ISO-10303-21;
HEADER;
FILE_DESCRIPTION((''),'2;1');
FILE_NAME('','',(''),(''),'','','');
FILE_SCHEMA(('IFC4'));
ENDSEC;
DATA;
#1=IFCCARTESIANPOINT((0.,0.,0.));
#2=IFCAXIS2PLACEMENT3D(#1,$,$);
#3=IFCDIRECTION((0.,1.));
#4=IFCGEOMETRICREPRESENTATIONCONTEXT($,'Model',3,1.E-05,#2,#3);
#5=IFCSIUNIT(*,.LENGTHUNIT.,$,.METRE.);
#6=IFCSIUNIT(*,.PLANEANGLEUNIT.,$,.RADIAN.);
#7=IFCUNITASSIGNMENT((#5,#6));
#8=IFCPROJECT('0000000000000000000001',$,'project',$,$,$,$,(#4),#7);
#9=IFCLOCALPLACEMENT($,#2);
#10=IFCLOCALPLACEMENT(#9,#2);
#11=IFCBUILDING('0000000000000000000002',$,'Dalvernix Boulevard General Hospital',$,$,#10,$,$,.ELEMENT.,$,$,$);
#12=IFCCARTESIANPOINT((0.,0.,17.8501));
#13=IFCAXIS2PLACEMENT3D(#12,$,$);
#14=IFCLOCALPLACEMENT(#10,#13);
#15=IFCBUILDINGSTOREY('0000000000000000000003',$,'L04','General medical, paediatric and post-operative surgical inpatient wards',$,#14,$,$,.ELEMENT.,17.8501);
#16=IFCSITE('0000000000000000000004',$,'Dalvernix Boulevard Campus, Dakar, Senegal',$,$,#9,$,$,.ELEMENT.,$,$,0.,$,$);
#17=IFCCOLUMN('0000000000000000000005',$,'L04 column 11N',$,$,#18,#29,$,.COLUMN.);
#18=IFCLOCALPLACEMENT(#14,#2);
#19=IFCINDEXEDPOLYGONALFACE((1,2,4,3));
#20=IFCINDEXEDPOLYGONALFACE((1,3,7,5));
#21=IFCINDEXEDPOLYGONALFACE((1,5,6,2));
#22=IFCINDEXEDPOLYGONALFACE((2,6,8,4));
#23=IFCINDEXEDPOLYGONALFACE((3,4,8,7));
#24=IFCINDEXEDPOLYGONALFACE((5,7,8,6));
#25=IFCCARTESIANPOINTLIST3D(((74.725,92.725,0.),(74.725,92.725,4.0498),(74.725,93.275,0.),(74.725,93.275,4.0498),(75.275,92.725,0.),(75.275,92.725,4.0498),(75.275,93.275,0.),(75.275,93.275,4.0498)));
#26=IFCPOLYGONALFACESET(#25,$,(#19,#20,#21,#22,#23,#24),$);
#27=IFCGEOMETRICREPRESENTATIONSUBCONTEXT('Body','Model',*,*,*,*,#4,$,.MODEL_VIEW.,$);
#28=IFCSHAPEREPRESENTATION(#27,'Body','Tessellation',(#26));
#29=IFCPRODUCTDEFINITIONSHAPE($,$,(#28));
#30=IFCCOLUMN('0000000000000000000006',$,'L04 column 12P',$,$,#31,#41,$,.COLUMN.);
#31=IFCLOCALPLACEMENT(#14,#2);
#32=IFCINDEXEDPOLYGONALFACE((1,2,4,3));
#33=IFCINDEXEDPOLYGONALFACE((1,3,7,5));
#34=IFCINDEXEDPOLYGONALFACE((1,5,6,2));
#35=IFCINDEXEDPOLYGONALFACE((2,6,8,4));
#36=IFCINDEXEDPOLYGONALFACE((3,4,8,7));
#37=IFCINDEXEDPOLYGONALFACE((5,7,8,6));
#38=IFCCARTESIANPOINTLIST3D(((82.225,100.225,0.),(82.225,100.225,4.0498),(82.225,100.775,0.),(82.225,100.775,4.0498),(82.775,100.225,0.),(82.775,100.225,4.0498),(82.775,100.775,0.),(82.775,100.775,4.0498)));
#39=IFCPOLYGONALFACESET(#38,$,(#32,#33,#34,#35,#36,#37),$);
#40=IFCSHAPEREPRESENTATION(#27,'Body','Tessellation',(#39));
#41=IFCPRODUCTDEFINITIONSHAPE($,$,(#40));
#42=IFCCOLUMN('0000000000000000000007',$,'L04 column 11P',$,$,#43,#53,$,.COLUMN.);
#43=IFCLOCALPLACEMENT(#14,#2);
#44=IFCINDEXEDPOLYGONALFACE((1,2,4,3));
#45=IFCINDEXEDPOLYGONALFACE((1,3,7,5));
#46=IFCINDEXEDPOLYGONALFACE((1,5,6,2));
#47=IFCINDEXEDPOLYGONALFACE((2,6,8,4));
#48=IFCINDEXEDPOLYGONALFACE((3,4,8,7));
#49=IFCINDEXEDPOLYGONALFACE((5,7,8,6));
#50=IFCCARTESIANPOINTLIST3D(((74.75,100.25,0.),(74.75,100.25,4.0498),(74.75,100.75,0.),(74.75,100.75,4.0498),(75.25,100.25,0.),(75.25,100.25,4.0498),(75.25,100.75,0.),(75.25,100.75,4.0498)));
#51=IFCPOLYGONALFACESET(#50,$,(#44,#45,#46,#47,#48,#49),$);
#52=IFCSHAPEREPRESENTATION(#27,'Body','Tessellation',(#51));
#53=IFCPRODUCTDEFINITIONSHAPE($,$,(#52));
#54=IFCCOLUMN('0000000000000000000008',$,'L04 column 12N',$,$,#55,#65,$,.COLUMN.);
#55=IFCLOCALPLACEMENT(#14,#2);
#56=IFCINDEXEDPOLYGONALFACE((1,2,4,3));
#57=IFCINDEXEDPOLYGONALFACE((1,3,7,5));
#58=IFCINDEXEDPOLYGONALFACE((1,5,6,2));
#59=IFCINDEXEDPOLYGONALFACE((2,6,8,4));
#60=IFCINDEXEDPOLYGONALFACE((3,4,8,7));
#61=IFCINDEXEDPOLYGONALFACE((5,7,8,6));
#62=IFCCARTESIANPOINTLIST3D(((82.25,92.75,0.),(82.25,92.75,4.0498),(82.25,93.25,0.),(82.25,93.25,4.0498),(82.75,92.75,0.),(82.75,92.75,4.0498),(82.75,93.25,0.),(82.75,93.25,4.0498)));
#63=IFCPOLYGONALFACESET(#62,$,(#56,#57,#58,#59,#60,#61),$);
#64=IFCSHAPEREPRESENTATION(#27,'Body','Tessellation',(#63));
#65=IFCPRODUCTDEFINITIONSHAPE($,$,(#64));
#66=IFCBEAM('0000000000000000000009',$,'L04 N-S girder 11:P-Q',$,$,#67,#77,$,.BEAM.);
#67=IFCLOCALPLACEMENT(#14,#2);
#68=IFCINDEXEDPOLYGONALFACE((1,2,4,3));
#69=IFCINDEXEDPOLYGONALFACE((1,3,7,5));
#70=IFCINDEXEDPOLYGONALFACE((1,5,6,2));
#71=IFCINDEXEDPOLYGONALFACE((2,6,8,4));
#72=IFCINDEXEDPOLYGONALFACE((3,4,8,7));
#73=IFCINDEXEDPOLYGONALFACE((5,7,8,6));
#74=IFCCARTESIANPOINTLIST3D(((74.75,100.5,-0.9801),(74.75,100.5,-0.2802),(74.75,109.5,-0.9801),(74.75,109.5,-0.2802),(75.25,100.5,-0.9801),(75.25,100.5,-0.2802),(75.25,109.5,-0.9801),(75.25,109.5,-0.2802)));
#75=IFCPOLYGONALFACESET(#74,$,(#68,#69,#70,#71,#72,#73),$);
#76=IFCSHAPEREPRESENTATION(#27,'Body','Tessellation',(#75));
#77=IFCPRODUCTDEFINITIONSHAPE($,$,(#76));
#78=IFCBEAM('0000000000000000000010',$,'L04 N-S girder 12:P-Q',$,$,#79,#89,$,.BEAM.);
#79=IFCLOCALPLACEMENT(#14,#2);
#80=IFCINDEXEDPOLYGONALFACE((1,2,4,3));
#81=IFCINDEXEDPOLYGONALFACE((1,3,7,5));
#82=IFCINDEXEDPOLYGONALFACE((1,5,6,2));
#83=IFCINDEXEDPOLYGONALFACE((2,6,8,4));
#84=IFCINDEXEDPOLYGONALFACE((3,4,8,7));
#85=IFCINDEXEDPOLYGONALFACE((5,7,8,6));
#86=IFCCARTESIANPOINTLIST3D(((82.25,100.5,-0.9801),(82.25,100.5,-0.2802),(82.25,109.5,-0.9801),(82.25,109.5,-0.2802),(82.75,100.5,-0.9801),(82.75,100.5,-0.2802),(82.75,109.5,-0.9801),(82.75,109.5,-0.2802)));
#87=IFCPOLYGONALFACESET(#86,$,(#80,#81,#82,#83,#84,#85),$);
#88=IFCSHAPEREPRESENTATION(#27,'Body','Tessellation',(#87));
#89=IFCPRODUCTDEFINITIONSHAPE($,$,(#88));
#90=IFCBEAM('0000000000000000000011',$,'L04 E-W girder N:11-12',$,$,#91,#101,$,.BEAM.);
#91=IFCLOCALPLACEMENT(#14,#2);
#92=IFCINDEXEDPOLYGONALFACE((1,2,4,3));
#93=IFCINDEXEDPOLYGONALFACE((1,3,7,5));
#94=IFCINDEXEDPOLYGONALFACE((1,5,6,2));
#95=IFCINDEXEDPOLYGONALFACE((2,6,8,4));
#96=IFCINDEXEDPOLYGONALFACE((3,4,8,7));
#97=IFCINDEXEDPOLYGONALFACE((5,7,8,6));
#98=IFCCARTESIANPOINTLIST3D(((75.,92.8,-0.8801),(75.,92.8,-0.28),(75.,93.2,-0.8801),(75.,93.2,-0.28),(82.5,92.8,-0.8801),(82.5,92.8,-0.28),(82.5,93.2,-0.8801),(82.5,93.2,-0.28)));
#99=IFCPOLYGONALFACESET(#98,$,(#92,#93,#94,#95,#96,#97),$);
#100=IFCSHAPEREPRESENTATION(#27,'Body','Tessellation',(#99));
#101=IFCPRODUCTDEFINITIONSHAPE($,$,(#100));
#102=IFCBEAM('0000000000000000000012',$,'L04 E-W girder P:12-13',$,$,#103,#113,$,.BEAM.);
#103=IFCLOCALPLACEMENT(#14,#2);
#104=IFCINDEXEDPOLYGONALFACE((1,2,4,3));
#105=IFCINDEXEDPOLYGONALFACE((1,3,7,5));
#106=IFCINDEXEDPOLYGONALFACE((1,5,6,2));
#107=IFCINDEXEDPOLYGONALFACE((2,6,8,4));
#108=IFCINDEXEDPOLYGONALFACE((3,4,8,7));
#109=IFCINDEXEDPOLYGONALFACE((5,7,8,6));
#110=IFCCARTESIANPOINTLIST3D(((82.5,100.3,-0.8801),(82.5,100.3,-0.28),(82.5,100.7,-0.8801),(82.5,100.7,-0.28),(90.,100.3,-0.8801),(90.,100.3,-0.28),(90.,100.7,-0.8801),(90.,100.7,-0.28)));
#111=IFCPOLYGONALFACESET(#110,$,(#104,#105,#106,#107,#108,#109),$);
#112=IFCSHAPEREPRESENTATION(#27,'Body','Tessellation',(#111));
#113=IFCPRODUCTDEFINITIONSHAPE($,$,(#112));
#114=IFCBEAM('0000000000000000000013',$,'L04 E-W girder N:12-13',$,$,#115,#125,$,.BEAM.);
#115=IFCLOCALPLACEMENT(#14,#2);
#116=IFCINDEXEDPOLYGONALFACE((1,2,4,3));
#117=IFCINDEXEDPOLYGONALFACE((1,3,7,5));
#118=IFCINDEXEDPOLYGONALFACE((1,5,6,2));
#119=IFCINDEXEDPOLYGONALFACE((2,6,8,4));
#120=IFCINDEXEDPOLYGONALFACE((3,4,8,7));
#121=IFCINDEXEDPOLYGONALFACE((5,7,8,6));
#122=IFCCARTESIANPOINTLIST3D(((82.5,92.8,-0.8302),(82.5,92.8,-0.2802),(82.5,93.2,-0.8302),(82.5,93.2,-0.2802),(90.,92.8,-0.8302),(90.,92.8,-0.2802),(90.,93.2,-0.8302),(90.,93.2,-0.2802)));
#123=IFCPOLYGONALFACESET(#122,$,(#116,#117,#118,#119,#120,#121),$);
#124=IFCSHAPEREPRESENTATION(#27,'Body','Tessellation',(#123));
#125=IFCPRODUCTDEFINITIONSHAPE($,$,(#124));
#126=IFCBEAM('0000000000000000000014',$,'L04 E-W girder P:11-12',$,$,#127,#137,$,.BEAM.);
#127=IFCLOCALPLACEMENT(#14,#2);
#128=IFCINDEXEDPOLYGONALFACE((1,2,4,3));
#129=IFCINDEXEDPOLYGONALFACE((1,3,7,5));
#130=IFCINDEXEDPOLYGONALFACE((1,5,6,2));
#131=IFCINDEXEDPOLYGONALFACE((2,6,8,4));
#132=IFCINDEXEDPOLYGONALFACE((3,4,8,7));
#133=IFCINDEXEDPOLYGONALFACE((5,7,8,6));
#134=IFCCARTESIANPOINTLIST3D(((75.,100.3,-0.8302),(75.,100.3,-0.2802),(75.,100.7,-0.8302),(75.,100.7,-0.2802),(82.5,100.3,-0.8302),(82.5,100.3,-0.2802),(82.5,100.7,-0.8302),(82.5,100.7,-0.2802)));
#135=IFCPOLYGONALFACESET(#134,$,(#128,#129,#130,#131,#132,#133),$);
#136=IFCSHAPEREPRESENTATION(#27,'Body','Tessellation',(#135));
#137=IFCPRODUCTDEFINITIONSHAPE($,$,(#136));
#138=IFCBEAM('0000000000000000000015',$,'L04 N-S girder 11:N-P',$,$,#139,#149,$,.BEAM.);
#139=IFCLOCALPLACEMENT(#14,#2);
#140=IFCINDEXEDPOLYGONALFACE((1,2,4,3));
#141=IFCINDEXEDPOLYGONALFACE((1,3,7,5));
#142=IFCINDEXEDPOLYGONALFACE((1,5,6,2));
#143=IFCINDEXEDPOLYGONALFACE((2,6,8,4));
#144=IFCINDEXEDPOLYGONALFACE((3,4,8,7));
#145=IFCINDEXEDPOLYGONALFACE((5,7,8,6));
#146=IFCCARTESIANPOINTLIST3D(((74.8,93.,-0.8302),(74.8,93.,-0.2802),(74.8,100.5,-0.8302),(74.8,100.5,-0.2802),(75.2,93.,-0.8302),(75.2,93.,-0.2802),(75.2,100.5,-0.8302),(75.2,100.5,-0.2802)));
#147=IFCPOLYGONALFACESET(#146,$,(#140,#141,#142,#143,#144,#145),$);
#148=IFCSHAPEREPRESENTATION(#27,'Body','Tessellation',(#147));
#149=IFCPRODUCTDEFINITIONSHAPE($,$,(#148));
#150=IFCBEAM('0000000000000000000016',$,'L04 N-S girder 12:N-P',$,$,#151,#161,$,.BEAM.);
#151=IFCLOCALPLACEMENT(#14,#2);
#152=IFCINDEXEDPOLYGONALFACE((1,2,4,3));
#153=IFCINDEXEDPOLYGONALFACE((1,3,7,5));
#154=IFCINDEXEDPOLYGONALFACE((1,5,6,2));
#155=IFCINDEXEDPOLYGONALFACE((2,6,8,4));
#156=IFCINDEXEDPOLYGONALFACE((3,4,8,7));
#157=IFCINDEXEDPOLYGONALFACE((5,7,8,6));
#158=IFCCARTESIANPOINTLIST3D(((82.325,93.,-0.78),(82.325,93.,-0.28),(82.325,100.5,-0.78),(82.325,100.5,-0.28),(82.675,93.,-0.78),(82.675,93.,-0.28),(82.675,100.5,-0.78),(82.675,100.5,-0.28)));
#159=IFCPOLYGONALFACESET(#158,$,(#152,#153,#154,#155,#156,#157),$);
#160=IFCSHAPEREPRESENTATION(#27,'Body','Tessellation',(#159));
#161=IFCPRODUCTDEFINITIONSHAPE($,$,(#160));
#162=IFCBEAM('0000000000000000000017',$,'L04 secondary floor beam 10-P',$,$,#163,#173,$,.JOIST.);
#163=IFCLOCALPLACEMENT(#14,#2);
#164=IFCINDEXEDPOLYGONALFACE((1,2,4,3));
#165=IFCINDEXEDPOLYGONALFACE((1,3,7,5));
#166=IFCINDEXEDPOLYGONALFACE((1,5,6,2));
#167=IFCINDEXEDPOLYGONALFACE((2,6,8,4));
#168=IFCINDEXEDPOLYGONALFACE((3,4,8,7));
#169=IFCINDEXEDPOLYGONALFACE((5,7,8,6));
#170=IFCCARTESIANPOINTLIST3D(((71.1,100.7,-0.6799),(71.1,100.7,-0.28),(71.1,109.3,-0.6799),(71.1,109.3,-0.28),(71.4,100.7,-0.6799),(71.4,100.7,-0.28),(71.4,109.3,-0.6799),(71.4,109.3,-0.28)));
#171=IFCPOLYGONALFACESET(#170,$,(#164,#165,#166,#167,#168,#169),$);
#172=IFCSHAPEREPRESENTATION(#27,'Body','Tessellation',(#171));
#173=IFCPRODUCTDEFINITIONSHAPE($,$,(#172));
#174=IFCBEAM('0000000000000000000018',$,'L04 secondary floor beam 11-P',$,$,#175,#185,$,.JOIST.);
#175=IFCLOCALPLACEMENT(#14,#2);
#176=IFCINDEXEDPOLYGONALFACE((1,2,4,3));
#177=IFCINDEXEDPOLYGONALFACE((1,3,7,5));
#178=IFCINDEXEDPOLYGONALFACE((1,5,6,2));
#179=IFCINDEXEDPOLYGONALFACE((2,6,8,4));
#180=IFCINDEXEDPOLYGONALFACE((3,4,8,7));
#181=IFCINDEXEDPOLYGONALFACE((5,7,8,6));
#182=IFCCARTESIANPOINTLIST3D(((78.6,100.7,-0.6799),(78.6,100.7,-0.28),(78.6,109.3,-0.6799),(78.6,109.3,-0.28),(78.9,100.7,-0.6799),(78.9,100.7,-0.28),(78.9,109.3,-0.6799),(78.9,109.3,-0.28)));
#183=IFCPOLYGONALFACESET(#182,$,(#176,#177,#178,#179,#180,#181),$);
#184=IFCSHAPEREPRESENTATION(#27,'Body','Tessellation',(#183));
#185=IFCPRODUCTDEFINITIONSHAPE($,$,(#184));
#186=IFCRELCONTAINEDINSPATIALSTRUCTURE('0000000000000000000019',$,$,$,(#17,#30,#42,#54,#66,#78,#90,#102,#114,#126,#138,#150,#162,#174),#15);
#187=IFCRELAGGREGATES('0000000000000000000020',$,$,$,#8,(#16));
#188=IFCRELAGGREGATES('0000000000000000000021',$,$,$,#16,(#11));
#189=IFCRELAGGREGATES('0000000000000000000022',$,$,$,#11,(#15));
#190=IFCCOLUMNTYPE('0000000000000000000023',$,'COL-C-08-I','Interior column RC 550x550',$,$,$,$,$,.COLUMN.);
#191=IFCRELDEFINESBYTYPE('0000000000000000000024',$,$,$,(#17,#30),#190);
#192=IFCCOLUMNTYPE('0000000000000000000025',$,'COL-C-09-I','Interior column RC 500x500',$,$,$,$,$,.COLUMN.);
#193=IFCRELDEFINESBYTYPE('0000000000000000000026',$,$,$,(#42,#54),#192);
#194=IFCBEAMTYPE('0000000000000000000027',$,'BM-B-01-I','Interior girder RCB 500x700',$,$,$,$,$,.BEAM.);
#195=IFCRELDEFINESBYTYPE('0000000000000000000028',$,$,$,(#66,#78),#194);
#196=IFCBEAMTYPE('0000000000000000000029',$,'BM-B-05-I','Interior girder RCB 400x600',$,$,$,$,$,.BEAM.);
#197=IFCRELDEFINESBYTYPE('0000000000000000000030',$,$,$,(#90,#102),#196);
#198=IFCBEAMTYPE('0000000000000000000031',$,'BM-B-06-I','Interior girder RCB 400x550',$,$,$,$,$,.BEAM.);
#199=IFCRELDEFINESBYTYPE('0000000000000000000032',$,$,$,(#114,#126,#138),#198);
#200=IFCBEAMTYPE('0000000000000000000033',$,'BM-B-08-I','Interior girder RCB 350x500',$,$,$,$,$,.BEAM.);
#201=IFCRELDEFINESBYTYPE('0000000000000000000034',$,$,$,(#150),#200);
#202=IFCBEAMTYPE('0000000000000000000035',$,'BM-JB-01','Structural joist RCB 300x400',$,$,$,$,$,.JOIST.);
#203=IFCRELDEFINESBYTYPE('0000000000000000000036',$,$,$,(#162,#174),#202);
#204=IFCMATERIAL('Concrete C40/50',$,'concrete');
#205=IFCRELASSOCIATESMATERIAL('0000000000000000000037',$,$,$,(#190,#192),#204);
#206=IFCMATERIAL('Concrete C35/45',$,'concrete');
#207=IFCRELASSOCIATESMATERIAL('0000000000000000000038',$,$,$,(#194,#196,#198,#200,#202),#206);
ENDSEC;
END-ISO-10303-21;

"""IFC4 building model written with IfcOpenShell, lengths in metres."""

from ifc_helpers import new_model, si_unit, direction, frame, origin, origin_2d, place, context, subcontext, project, spatial, rectangle, extrude, material, material_profile, profile_set, type_object, element, save


model = new_model("IFC4")

# Units and contexts
model_context = context("Model", 3, precision=1e-05, world=origin(), true_north=direction((0.0, 1.0)))
body_context = subcontext(model_context, "Body", "Model", "MODEL_VIEW")
ifc_project = project(units=[si_unit("LENGTHUNIT", "METRE"), si_unit("PLANEANGLEUNIT", "RADIAN")], contexts=[model_context])

# Site, building, storey
site_placement = place(None, origin())
site = spatial("IfcSite", under=ifc_project, at=site_placement, Name="Dalvernix Boulevard Campus, Dakar, Senegal", CompositionType="ELEMENT", RefElevation=0.0)
building_placement = place(site_placement, origin())
building = spatial("IfcBuilding", under=site, at=building_placement, Name="Dalvernix Boulevard General Hospital", CompositionType="ELEMENT")
storey_placement = place(building_placement, frame((0.0, 0.0, 17.8501)))
storey = spatial("IfcBuildingStorey", under=building, at=storey_placement, Name="L04", Description="General medical, paediatric and post-operative surgical inpatient wards", CompositionType="ELEMENT", Elevation=17.8501)

# Columns
ifc_material_1 = material(Name="Concrete C40/50", Category="concrete")
ifc_material_profile_1 = material_profile(ifc_material_1, rectangle(XDim=0.55, YDim=0.55, at=origin_2d()), Name="RC 550x550")
ifc_profile_set_1 = profile_set([ifc_material_profile_1], Name="Concrete C40/50")
column_type_1 = type_object("IfcColumnType", Name="COL-C-08-I", Description="Interior column RC 550x550", PredefinedType="COLUMN", material=ifc_profile_set_1)
for number, where, z_axis, x_axis, name in (
    (1, (75.0, 93.0, 0.0), (0.0, 0.0, 1.0), (1.0, 0.0, 0.0), "L04 column 11N"),
    (2, (82.5, 100.5, 0.0), (0.0, 0.0, 1.0), (1.0, 0.0, 0.0), "L04 column 12P"),
):
    element("IfcColumn", number, at=place(storey_placement, frame(where, z_axis=z_axis, x_axis=x_axis)), inside=storey, type_object=column_type_1, Name=name, PredefinedType="COLUMN", context=body_context, shape_type="SweptSolid", body=[
        extrude(rectangle(XDim=0.55, YDim=0.55, at=origin_2d()), origin(), (0.0, 0.0, 1.0), 4.0498),
    ])
ifc_material_profile_2 = material_profile(ifc_material_1, rectangle(XDim=0.5, YDim=0.5, at=origin_2d()), Name="RC 500x500")
ifc_profile_set_2 = profile_set([ifc_material_profile_2], Name="Concrete C40/50")
column_type_2 = type_object("IfcColumnType", Name="COL-C-09-I", Description="Interior column RC 500x500", PredefinedType="COLUMN", material=ifc_profile_set_2)
for number, where, z_axis, x_axis, name in (
    (3, (75.0, 100.5, 0.0), (0.0, 0.0, 1.0), (1.0, 0.0, 0.0), "L04 column 11P"),
    (4, (82.5, 93.0, 0.0), (0.0, 0.0, 1.0), (1.0, 0.0, 0.0), "L04 column 12N"),
):
    element("IfcColumn", number, at=place(storey_placement, frame(where, z_axis=z_axis, x_axis=x_axis)), inside=storey, type_object=column_type_2, Name=name, PredefinedType="COLUMN", context=body_context, shape_type="SweptSolid", body=[
        extrude(rectangle(XDim=0.5, YDim=0.5, at=origin_2d()), origin(), (0.0, 0.0, 1.0), 4.0498),
    ])

# Beams
ifc_material_2 = material(Name="Concrete C35/45", Category="concrete")
ifc_material_profile_3 = material_profile(ifc_material_2, rectangle(XDim=0.5, YDim=0.7, at=origin_2d()), Name="RCB 500x700")
ifc_profile_set_3 = profile_set([ifc_material_profile_3], Name="Concrete C35/45")
beam_type_1 = type_object("IfcBeamType", Name="BM-B-01-I", Description="Interior girder RCB 500x700", PredefinedType="BEAM", material=ifc_profile_set_3)
for number, where, z_axis, x_axis, name in (
    (5, (75.0, 100.5, -0.6301), (0.0, 1.0, 0.0), (-1.0, 0.0, 0.0), "L04 N-S girder 11:P-Q"),
    (6, (82.5, 100.5, -0.6301), (0.0, 1.0, 0.0), (-1.0, 0.0, 0.0), "L04 N-S girder 12:P-Q"),
):
    element("IfcBeam", number, at=place(storey_placement, frame(where, z_axis=z_axis, x_axis=x_axis)), inside=storey, type_object=beam_type_1, Name=name, PredefinedType="BEAM", context=body_context, shape_type="SweptSolid", body=[
        extrude(rectangle(XDim=0.5, YDim=0.7, at=origin_2d()), origin(), (0.0, 0.0, 1.0), 9.0),
    ])
ifc_material_profile_4 = material_profile(ifc_material_2, rectangle(XDim=0.3999, YDim=0.6001, at=origin_2d()), Name="RCB 400x600")
ifc_profile_set_4 = profile_set([ifc_material_profile_4], Name="Concrete C35/45")
beam_type_2 = type_object("IfcBeamType", Name="BM-B-05-I", Description="Interior girder RCB 400x600", PredefinedType="BEAM", material=ifc_profile_set_4)
for number, where, z_axis, x_axis, name in (
    (7, (75.0, 93.0, -0.5801), (1.0, 0.0, 0.0), (0.0, 1.0, 0.0), "L04 E-W girder N:11-12"),
    (8, (82.5, 100.5, -0.5801), (1.0, 0.0, 0.0), (0.0, 1.0, 0.0), "L04 E-W girder P:12-13"),
):
    element("IfcBeam", number, at=place(storey_placement, frame(where, z_axis=z_axis, x_axis=x_axis)), inside=storey, type_object=beam_type_2, Name=name, PredefinedType="BEAM", context=body_context, shape_type="SweptSolid", body=[
        extrude(rectangle(XDim=0.3999, YDim=0.6001, at=origin_2d()), origin(), (0.0, 0.0, 1.0), 7.5),
    ])
ifc_material_profile_5 = material_profile(ifc_material_2, rectangle(XDim=0.3999, YDim=0.55, at=origin_2d()), Name="RCB 400x550")
ifc_profile_set_5 = profile_set([ifc_material_profile_5], Name="Concrete C35/45")
beam_type_3 = type_object("IfcBeamType", Name="BM-B-06-I", Description="Interior girder RCB 400x550", PredefinedType="BEAM", material=ifc_profile_set_5)
for number, where, z_axis, x_axis, name in (
    (9, (82.5, 93.0, -0.5552), (1.0, 0.0, 0.0), (0.0, 1.0, 0.0), "L04 E-W girder N:12-13"),
    (10, (75.0, 100.5, -0.5552), (1.0, 0.0, 0.0), (0.0, 1.0, 0.0), "L04 E-W girder P:11-12"),
    (11, (75.0, 93.0, -0.5552), (0.0, 1.0, 0.0), (-1.0, 0.0, 0.0), "L04 N-S girder 11:N-P"),
):
    element("IfcBeam", number, at=place(storey_placement, frame(where, z_axis=z_axis, x_axis=x_axis)), inside=storey, type_object=beam_type_3, Name=name, PredefinedType="BEAM", context=body_context, shape_type="SweptSolid", body=[
        extrude(rectangle(XDim=0.3999, YDim=0.55, at=origin_2d()), origin(), (0.0, 0.0, 1.0), 7.5),
    ])
ifc_material_profile_6 = material_profile(ifc_material_2, rectangle(XDim=0.3501, YDim=0.5, at=origin_2d()), Name="RCB 350x500")
ifc_profile_set_6 = profile_set([ifc_material_profile_6], Name="Concrete C35/45")
beam_type_4 = type_object("IfcBeamType", Name="BM-B-08-I", Description="Interior girder RCB 350x500", PredefinedType="BEAM", material=ifc_profile_set_6)
beam_placement = place(storey_placement, frame((82.5, 93.0, -0.53), z_axis=(0.0, 1.0, 0.0), x_axis=(-1.0, 0.0, 0.0)))
element("IfcBeam", 12, at=beam_placement, inside=storey, type_object=beam_type_4, Name="L04 N-S girder 12:N-P", PredefinedType="BEAM", context=body_context, shape_type="SweptSolid", body=[
    extrude(rectangle(XDim=0.3501, YDim=0.5, at=origin_2d()), origin(), (0.0, 0.0, 1.0), 7.5),
])
ifc_material_profile_7 = material_profile(ifc_material_2, rectangle(XDim=0.3, YDim=0.3999, at=origin_2d()), Name="RCB 300x400")
ifc_profile_set_7 = profile_set([ifc_material_profile_7], Name="Concrete C35/45")
beam_type_5 = type_object("IfcBeamType", Name="BM-JB-01", Description="Structural joist RCB 300x400", PredefinedType="JOIST", material=ifc_profile_set_7)
for number, where, z_axis, x_axis, name in (
    (13, (71.25, 100.7, -0.48), (0.0, 1.0, 0.0), (-1.0, 0.0, 0.0), "L04 secondary floor beam 10-P"),
    (14, (78.75, 100.7, -0.48), (0.0, 1.0, 0.0), (-1.0, 0.0, 0.0), "L04 secondary floor beam 11-P"),
):
    element("IfcBeam", number, at=place(storey_placement, frame(where, z_axis=z_axis, x_axis=x_axis)), inside=storey, type_object=beam_type_5, Name=name, PredefinedType="JOIST", context=body_context, shape_type="SweptSolid", body=[
        extrude(rectangle(XDim=0.3, YDim=0.3999, at=origin_2d()), origin(), (0.0, 0.0, 1.0), 8.6001),
    ])

save(model, "model.ifc")
